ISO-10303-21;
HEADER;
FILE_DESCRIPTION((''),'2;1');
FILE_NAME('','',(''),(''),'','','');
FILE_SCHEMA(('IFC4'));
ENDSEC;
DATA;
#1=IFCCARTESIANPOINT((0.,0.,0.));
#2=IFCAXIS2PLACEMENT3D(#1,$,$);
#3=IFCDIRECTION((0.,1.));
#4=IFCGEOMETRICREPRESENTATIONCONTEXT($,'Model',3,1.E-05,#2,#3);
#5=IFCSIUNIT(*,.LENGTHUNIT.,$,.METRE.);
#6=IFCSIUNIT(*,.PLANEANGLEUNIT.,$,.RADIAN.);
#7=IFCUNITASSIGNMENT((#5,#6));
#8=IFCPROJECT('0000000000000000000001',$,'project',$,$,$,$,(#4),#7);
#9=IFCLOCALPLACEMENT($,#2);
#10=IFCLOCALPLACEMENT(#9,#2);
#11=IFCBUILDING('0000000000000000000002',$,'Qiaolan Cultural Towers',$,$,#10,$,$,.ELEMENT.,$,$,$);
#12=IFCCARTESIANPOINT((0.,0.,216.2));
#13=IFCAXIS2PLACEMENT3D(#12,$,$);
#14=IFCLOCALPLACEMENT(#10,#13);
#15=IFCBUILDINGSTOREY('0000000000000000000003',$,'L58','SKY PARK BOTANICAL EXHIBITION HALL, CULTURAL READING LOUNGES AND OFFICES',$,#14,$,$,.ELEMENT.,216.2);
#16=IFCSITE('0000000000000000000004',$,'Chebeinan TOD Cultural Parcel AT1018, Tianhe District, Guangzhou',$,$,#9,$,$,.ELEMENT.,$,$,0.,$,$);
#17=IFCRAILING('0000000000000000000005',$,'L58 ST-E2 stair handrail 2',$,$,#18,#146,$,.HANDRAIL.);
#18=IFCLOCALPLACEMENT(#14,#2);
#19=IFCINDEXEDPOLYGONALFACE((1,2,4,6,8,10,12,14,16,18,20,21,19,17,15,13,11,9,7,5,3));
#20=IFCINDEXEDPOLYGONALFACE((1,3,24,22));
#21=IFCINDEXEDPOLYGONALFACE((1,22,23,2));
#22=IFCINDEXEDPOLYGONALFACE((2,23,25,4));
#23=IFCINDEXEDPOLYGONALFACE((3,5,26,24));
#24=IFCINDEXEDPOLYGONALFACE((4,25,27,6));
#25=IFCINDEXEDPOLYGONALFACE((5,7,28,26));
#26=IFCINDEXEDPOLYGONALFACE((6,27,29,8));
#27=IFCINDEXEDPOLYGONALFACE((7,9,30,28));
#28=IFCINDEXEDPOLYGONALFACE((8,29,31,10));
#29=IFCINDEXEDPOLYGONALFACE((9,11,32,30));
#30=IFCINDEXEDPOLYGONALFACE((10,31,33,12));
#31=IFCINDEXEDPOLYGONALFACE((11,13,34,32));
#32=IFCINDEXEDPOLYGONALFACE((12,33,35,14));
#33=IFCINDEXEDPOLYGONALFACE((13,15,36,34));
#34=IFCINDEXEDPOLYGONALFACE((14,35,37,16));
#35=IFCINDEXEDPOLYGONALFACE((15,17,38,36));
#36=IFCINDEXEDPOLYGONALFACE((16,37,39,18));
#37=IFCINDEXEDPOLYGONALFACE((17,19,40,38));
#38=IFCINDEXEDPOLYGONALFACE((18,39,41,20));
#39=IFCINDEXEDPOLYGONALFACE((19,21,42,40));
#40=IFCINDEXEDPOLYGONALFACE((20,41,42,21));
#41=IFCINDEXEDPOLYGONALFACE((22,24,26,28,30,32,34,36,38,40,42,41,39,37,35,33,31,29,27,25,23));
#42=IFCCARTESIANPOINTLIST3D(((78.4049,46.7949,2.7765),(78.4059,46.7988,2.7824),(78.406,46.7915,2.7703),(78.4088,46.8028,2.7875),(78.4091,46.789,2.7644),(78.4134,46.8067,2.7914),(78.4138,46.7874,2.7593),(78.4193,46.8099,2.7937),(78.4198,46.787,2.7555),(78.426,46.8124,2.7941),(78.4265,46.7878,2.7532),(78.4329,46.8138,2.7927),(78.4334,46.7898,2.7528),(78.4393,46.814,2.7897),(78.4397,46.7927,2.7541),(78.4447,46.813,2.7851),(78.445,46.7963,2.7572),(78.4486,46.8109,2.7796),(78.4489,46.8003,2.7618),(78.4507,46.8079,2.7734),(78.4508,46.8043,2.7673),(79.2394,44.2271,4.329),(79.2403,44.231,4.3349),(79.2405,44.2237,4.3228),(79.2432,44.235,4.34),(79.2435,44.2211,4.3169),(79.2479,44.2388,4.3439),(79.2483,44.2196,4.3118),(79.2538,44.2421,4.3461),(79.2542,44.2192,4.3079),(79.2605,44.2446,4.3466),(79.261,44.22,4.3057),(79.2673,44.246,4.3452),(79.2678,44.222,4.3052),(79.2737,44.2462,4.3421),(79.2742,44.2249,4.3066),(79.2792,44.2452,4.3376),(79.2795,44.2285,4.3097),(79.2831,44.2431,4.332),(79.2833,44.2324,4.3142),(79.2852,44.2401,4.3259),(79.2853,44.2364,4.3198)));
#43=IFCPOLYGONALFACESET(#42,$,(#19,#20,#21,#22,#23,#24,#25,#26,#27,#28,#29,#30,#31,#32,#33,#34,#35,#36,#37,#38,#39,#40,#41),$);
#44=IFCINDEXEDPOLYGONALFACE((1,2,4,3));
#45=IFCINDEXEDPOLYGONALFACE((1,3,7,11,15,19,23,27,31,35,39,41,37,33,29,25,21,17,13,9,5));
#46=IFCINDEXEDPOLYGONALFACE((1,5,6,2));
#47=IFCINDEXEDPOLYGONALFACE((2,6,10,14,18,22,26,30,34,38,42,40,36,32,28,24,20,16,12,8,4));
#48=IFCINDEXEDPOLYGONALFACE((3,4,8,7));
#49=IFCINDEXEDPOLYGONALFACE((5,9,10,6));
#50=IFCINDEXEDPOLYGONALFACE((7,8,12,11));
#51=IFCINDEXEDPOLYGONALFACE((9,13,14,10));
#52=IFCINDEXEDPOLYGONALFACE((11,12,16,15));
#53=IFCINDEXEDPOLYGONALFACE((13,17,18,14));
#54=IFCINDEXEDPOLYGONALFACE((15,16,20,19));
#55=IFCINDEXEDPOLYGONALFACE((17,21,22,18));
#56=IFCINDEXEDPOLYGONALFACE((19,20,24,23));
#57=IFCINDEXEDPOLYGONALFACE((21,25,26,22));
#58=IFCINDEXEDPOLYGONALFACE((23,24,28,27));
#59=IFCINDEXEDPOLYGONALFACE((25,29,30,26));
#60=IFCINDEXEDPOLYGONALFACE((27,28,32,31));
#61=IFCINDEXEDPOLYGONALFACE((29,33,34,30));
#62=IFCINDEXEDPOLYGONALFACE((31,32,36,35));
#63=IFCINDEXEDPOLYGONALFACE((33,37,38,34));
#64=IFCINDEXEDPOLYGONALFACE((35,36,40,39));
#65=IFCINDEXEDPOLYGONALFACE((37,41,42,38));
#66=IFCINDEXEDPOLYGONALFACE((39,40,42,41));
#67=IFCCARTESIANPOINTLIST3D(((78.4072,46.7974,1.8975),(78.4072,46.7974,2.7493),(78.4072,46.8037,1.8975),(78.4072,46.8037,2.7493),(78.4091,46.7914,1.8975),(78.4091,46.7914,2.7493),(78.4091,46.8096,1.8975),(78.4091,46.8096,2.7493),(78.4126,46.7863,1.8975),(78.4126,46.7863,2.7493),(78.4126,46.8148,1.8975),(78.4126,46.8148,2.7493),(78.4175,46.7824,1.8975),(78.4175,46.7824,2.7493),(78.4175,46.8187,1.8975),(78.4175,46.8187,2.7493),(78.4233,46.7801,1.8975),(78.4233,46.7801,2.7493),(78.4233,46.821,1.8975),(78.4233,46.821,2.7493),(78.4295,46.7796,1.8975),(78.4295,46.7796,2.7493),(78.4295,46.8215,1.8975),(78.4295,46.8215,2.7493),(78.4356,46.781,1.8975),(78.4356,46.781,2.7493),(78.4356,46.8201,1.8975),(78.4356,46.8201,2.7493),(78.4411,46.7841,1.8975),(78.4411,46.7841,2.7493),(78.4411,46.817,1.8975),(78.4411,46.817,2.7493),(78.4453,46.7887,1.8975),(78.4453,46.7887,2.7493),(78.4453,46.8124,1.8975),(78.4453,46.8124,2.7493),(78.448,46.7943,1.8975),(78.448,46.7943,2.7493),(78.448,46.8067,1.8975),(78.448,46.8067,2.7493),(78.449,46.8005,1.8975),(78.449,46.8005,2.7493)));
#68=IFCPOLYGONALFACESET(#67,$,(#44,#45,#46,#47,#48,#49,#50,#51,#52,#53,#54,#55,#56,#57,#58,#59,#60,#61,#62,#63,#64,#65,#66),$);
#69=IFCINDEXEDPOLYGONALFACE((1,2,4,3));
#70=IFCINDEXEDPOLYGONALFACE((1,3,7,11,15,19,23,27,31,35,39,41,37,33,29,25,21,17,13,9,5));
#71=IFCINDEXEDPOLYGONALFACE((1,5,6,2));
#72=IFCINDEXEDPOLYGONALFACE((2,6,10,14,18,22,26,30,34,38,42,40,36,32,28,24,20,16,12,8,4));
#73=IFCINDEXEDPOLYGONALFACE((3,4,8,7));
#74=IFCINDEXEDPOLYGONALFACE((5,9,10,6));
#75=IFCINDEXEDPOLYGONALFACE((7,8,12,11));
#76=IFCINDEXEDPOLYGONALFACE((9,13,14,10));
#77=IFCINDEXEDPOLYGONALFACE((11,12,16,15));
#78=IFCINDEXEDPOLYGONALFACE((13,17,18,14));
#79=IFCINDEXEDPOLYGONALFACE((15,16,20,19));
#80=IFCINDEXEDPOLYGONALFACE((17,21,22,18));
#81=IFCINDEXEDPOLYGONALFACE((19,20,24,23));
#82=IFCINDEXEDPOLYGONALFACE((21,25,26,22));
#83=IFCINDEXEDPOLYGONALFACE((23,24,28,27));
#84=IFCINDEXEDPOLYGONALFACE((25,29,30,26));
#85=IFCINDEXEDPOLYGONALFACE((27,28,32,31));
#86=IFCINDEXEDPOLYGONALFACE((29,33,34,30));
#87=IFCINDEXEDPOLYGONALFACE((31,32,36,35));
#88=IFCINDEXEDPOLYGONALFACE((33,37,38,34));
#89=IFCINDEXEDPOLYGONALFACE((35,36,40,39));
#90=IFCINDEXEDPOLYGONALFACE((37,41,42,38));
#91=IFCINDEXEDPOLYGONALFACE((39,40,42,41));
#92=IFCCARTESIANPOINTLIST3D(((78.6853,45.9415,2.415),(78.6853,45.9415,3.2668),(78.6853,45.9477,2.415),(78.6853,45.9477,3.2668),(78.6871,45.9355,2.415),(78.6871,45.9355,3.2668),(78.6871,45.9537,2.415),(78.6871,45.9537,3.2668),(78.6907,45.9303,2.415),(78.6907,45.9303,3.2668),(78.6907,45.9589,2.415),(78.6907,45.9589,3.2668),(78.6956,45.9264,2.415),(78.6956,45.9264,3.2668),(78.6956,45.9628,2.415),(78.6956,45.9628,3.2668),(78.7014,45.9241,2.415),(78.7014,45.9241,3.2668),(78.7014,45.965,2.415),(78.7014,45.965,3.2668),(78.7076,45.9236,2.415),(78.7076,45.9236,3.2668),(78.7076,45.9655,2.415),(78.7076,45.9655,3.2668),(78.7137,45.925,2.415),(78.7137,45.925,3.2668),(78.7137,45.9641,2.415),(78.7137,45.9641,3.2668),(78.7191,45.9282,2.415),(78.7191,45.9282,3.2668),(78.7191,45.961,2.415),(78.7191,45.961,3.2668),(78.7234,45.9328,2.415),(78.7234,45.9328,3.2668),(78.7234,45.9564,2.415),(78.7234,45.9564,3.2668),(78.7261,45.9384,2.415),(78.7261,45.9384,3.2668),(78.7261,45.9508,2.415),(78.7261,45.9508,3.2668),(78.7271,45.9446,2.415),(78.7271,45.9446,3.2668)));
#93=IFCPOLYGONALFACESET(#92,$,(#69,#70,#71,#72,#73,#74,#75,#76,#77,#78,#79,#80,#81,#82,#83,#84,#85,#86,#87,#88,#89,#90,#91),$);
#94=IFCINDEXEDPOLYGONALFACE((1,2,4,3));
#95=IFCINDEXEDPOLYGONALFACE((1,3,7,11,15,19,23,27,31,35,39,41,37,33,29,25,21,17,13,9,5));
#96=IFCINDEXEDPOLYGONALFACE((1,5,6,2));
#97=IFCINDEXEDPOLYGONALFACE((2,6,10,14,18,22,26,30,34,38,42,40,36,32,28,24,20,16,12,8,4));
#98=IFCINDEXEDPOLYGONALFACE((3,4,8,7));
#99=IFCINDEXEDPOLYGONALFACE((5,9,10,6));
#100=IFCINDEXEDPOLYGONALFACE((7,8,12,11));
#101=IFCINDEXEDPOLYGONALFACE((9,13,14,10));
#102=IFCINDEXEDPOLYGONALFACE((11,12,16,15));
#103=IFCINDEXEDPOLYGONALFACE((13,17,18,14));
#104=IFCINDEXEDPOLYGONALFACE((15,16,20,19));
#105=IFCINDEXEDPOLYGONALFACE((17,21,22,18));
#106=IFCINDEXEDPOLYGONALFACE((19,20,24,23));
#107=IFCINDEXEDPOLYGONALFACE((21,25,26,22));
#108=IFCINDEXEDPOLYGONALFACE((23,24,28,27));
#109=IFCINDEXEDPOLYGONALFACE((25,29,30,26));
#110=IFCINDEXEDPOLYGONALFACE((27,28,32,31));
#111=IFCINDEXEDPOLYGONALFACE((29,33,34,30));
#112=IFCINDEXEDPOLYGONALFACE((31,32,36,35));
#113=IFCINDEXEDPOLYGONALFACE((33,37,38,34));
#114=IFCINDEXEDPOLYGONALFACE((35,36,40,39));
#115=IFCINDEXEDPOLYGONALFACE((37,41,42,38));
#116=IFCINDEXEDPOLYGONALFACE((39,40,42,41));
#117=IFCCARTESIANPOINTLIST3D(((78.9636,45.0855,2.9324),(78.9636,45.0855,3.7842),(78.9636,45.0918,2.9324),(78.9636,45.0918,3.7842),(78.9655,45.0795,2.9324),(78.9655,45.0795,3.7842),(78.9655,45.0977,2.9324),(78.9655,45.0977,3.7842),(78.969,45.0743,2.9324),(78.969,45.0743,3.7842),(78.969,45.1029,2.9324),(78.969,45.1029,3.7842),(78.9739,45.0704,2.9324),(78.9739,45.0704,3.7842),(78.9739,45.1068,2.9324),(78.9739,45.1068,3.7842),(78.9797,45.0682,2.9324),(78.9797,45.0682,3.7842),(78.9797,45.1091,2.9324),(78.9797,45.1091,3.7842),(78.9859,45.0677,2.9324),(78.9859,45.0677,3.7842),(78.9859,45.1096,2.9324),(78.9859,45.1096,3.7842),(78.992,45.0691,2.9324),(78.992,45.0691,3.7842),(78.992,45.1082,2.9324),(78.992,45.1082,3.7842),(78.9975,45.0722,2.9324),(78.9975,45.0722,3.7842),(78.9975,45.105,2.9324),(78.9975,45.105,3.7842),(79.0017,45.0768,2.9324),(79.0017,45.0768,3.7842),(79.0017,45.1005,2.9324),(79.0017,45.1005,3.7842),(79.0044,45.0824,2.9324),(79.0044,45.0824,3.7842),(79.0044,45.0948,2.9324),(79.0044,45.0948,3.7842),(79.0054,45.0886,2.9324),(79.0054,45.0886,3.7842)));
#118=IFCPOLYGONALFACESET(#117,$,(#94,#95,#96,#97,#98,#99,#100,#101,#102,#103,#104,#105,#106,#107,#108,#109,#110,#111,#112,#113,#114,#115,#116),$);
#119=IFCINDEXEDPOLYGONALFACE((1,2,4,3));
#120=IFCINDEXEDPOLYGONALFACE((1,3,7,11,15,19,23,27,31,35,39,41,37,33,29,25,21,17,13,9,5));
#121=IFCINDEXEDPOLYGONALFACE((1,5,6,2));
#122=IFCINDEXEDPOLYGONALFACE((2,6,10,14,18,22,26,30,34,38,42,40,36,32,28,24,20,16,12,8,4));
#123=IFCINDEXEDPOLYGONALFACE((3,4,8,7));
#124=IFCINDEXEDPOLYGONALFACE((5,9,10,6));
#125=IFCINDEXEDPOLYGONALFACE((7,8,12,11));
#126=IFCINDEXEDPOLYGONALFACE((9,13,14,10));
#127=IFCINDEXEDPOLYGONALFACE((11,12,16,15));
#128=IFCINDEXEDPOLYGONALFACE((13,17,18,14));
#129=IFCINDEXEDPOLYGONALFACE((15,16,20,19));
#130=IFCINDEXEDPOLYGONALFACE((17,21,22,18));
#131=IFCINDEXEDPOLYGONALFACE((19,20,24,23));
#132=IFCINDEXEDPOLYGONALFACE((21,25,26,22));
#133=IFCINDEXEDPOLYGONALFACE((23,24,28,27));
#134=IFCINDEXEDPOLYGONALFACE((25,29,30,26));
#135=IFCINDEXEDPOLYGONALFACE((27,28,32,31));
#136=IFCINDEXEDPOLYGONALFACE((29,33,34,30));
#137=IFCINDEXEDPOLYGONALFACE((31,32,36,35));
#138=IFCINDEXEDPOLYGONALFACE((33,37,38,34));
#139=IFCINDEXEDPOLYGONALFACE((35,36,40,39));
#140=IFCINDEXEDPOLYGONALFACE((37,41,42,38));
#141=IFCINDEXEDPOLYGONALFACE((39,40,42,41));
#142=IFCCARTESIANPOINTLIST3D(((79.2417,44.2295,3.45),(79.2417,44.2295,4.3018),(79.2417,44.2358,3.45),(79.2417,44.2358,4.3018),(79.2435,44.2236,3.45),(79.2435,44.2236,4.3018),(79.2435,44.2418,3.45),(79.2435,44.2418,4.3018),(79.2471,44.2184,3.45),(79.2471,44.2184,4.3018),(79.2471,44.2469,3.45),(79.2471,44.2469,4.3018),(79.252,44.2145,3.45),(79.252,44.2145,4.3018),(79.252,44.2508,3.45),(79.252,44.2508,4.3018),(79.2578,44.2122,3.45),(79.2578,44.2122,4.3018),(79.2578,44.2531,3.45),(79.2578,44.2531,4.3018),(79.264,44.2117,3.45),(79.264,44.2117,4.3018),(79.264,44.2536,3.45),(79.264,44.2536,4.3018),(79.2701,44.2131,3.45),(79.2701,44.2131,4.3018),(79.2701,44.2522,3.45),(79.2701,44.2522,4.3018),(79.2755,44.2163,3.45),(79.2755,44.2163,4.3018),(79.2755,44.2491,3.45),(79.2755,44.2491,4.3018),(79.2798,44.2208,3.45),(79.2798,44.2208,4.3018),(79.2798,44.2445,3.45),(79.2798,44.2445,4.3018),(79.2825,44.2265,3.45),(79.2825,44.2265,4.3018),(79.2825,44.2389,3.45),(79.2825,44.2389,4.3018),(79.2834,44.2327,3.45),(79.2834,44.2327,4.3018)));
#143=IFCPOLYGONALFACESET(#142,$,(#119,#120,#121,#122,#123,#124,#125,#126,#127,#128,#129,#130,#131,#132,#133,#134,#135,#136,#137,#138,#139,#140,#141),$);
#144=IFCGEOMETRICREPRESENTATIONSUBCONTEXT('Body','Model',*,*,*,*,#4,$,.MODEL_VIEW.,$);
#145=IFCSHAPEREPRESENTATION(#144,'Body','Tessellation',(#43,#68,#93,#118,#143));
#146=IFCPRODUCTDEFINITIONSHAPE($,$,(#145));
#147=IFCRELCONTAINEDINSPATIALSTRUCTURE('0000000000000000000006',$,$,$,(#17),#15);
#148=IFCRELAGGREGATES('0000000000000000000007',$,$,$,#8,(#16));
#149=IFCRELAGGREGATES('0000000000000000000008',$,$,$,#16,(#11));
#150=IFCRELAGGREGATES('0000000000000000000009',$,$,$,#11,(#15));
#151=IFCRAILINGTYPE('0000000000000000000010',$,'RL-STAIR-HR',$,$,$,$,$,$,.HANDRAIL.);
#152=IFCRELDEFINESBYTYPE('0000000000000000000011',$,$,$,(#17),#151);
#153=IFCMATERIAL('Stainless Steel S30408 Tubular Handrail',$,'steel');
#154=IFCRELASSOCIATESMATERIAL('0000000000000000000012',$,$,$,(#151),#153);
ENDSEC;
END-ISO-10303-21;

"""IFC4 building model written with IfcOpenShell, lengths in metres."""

from ifc_helpers import new_model, si_unit, direction, frame, origin, origin_2d, place, context, subcontext, project, spatial, circle, extrude, material, type_object, element, save


model = new_model("IFC4")

# Units and contexts
model_context = context("Model", 3, precision=1e-05, world=origin(), true_north=direction((0.0, 1.0)))
body_context = subcontext(model_context, "Body", "Model", "MODEL_VIEW")
ifc_project = project(units=[si_unit("LENGTHUNIT", "METRE"), si_unit("PLANEANGLEUNIT", "RADIAN")], contexts=[model_context])

# Site, building, storey
site_placement = place(None, origin())
site = spatial("IfcSite", under=ifc_project, at=site_placement, Name="Chebeinan TOD Cultural Parcel AT1018, Tianhe District, Guangzhou", CompositionType="ELEMENT", RefElevation=0.0)
building_placement = place(site_placement, origin())
building = spatial("IfcBuilding", under=site, at=building_placement, Name="Qiaolan Cultural Towers", CompositionType="ELEMENT")
storey_placement = place(building_placement, frame((0.0, 0.0, 216.2)))
storey = spatial("IfcBuildingStorey", under=building, at=storey_placement, Name="L58", Description="SKY PARK BOTANICAL EXHIBITION HALL, CULTURAL READING LOUNGES AND OFFICES", CompositionType="ELEMENT", Elevation=216.2)

# Railing
ifc_material_1 = material(Name="Stainless Steel S30408 Tubular Handrail", Category="steel")
railing_type_1 = type_object("IfcRailingType", Name="RL-STAIR-HR", PredefinedType="HANDRAIL", material=ifc_material_1)
railing_1_placement = place(storey_placement, frame((78.428, 46.8005, 1.8975)))
element("IfcRailing", 1, at=railing_1_placement, inside=storey, type_object=railing_type_1, Name="L58 ST-E2 stair handrail 2", PredefinedType="HANDRAIL", context=body_context, shape_type="SweptSolid", body=[
    extrude(circle(Radius=0.0239, at=origin_2d()), frame((0.0, 0.0, 0.876), z_axis=(0.267926, -0.824471, 0.498461), x_axis=(0.951043, 0.309057, 0.0)), (0.0, 0.0, 1.0), 3.1145),
    extrude(circle(Radius=0.021, at=origin_2d()), origin(), (0.0, 0.0, 1.0), 0.8518),
    extrude(circle(Radius=0.021, at=origin_2d()), frame((0.2781, -0.856, 0.5176)), (0.0, 0.0, 1.0), 0.8518),
    extrude(circle(Radius=0.021, at=origin_2d()), frame((0.5564, -1.7119, 1.0349)), (0.0, 0.0, 1.0), 0.8518),
    extrude(circle(Radius=0.021, at=origin_2d()), frame((0.8345, -2.5679, 1.5525)), (0.0, 0.0, 1.0), 0.8518),
])

save(model, "model.ifc")
